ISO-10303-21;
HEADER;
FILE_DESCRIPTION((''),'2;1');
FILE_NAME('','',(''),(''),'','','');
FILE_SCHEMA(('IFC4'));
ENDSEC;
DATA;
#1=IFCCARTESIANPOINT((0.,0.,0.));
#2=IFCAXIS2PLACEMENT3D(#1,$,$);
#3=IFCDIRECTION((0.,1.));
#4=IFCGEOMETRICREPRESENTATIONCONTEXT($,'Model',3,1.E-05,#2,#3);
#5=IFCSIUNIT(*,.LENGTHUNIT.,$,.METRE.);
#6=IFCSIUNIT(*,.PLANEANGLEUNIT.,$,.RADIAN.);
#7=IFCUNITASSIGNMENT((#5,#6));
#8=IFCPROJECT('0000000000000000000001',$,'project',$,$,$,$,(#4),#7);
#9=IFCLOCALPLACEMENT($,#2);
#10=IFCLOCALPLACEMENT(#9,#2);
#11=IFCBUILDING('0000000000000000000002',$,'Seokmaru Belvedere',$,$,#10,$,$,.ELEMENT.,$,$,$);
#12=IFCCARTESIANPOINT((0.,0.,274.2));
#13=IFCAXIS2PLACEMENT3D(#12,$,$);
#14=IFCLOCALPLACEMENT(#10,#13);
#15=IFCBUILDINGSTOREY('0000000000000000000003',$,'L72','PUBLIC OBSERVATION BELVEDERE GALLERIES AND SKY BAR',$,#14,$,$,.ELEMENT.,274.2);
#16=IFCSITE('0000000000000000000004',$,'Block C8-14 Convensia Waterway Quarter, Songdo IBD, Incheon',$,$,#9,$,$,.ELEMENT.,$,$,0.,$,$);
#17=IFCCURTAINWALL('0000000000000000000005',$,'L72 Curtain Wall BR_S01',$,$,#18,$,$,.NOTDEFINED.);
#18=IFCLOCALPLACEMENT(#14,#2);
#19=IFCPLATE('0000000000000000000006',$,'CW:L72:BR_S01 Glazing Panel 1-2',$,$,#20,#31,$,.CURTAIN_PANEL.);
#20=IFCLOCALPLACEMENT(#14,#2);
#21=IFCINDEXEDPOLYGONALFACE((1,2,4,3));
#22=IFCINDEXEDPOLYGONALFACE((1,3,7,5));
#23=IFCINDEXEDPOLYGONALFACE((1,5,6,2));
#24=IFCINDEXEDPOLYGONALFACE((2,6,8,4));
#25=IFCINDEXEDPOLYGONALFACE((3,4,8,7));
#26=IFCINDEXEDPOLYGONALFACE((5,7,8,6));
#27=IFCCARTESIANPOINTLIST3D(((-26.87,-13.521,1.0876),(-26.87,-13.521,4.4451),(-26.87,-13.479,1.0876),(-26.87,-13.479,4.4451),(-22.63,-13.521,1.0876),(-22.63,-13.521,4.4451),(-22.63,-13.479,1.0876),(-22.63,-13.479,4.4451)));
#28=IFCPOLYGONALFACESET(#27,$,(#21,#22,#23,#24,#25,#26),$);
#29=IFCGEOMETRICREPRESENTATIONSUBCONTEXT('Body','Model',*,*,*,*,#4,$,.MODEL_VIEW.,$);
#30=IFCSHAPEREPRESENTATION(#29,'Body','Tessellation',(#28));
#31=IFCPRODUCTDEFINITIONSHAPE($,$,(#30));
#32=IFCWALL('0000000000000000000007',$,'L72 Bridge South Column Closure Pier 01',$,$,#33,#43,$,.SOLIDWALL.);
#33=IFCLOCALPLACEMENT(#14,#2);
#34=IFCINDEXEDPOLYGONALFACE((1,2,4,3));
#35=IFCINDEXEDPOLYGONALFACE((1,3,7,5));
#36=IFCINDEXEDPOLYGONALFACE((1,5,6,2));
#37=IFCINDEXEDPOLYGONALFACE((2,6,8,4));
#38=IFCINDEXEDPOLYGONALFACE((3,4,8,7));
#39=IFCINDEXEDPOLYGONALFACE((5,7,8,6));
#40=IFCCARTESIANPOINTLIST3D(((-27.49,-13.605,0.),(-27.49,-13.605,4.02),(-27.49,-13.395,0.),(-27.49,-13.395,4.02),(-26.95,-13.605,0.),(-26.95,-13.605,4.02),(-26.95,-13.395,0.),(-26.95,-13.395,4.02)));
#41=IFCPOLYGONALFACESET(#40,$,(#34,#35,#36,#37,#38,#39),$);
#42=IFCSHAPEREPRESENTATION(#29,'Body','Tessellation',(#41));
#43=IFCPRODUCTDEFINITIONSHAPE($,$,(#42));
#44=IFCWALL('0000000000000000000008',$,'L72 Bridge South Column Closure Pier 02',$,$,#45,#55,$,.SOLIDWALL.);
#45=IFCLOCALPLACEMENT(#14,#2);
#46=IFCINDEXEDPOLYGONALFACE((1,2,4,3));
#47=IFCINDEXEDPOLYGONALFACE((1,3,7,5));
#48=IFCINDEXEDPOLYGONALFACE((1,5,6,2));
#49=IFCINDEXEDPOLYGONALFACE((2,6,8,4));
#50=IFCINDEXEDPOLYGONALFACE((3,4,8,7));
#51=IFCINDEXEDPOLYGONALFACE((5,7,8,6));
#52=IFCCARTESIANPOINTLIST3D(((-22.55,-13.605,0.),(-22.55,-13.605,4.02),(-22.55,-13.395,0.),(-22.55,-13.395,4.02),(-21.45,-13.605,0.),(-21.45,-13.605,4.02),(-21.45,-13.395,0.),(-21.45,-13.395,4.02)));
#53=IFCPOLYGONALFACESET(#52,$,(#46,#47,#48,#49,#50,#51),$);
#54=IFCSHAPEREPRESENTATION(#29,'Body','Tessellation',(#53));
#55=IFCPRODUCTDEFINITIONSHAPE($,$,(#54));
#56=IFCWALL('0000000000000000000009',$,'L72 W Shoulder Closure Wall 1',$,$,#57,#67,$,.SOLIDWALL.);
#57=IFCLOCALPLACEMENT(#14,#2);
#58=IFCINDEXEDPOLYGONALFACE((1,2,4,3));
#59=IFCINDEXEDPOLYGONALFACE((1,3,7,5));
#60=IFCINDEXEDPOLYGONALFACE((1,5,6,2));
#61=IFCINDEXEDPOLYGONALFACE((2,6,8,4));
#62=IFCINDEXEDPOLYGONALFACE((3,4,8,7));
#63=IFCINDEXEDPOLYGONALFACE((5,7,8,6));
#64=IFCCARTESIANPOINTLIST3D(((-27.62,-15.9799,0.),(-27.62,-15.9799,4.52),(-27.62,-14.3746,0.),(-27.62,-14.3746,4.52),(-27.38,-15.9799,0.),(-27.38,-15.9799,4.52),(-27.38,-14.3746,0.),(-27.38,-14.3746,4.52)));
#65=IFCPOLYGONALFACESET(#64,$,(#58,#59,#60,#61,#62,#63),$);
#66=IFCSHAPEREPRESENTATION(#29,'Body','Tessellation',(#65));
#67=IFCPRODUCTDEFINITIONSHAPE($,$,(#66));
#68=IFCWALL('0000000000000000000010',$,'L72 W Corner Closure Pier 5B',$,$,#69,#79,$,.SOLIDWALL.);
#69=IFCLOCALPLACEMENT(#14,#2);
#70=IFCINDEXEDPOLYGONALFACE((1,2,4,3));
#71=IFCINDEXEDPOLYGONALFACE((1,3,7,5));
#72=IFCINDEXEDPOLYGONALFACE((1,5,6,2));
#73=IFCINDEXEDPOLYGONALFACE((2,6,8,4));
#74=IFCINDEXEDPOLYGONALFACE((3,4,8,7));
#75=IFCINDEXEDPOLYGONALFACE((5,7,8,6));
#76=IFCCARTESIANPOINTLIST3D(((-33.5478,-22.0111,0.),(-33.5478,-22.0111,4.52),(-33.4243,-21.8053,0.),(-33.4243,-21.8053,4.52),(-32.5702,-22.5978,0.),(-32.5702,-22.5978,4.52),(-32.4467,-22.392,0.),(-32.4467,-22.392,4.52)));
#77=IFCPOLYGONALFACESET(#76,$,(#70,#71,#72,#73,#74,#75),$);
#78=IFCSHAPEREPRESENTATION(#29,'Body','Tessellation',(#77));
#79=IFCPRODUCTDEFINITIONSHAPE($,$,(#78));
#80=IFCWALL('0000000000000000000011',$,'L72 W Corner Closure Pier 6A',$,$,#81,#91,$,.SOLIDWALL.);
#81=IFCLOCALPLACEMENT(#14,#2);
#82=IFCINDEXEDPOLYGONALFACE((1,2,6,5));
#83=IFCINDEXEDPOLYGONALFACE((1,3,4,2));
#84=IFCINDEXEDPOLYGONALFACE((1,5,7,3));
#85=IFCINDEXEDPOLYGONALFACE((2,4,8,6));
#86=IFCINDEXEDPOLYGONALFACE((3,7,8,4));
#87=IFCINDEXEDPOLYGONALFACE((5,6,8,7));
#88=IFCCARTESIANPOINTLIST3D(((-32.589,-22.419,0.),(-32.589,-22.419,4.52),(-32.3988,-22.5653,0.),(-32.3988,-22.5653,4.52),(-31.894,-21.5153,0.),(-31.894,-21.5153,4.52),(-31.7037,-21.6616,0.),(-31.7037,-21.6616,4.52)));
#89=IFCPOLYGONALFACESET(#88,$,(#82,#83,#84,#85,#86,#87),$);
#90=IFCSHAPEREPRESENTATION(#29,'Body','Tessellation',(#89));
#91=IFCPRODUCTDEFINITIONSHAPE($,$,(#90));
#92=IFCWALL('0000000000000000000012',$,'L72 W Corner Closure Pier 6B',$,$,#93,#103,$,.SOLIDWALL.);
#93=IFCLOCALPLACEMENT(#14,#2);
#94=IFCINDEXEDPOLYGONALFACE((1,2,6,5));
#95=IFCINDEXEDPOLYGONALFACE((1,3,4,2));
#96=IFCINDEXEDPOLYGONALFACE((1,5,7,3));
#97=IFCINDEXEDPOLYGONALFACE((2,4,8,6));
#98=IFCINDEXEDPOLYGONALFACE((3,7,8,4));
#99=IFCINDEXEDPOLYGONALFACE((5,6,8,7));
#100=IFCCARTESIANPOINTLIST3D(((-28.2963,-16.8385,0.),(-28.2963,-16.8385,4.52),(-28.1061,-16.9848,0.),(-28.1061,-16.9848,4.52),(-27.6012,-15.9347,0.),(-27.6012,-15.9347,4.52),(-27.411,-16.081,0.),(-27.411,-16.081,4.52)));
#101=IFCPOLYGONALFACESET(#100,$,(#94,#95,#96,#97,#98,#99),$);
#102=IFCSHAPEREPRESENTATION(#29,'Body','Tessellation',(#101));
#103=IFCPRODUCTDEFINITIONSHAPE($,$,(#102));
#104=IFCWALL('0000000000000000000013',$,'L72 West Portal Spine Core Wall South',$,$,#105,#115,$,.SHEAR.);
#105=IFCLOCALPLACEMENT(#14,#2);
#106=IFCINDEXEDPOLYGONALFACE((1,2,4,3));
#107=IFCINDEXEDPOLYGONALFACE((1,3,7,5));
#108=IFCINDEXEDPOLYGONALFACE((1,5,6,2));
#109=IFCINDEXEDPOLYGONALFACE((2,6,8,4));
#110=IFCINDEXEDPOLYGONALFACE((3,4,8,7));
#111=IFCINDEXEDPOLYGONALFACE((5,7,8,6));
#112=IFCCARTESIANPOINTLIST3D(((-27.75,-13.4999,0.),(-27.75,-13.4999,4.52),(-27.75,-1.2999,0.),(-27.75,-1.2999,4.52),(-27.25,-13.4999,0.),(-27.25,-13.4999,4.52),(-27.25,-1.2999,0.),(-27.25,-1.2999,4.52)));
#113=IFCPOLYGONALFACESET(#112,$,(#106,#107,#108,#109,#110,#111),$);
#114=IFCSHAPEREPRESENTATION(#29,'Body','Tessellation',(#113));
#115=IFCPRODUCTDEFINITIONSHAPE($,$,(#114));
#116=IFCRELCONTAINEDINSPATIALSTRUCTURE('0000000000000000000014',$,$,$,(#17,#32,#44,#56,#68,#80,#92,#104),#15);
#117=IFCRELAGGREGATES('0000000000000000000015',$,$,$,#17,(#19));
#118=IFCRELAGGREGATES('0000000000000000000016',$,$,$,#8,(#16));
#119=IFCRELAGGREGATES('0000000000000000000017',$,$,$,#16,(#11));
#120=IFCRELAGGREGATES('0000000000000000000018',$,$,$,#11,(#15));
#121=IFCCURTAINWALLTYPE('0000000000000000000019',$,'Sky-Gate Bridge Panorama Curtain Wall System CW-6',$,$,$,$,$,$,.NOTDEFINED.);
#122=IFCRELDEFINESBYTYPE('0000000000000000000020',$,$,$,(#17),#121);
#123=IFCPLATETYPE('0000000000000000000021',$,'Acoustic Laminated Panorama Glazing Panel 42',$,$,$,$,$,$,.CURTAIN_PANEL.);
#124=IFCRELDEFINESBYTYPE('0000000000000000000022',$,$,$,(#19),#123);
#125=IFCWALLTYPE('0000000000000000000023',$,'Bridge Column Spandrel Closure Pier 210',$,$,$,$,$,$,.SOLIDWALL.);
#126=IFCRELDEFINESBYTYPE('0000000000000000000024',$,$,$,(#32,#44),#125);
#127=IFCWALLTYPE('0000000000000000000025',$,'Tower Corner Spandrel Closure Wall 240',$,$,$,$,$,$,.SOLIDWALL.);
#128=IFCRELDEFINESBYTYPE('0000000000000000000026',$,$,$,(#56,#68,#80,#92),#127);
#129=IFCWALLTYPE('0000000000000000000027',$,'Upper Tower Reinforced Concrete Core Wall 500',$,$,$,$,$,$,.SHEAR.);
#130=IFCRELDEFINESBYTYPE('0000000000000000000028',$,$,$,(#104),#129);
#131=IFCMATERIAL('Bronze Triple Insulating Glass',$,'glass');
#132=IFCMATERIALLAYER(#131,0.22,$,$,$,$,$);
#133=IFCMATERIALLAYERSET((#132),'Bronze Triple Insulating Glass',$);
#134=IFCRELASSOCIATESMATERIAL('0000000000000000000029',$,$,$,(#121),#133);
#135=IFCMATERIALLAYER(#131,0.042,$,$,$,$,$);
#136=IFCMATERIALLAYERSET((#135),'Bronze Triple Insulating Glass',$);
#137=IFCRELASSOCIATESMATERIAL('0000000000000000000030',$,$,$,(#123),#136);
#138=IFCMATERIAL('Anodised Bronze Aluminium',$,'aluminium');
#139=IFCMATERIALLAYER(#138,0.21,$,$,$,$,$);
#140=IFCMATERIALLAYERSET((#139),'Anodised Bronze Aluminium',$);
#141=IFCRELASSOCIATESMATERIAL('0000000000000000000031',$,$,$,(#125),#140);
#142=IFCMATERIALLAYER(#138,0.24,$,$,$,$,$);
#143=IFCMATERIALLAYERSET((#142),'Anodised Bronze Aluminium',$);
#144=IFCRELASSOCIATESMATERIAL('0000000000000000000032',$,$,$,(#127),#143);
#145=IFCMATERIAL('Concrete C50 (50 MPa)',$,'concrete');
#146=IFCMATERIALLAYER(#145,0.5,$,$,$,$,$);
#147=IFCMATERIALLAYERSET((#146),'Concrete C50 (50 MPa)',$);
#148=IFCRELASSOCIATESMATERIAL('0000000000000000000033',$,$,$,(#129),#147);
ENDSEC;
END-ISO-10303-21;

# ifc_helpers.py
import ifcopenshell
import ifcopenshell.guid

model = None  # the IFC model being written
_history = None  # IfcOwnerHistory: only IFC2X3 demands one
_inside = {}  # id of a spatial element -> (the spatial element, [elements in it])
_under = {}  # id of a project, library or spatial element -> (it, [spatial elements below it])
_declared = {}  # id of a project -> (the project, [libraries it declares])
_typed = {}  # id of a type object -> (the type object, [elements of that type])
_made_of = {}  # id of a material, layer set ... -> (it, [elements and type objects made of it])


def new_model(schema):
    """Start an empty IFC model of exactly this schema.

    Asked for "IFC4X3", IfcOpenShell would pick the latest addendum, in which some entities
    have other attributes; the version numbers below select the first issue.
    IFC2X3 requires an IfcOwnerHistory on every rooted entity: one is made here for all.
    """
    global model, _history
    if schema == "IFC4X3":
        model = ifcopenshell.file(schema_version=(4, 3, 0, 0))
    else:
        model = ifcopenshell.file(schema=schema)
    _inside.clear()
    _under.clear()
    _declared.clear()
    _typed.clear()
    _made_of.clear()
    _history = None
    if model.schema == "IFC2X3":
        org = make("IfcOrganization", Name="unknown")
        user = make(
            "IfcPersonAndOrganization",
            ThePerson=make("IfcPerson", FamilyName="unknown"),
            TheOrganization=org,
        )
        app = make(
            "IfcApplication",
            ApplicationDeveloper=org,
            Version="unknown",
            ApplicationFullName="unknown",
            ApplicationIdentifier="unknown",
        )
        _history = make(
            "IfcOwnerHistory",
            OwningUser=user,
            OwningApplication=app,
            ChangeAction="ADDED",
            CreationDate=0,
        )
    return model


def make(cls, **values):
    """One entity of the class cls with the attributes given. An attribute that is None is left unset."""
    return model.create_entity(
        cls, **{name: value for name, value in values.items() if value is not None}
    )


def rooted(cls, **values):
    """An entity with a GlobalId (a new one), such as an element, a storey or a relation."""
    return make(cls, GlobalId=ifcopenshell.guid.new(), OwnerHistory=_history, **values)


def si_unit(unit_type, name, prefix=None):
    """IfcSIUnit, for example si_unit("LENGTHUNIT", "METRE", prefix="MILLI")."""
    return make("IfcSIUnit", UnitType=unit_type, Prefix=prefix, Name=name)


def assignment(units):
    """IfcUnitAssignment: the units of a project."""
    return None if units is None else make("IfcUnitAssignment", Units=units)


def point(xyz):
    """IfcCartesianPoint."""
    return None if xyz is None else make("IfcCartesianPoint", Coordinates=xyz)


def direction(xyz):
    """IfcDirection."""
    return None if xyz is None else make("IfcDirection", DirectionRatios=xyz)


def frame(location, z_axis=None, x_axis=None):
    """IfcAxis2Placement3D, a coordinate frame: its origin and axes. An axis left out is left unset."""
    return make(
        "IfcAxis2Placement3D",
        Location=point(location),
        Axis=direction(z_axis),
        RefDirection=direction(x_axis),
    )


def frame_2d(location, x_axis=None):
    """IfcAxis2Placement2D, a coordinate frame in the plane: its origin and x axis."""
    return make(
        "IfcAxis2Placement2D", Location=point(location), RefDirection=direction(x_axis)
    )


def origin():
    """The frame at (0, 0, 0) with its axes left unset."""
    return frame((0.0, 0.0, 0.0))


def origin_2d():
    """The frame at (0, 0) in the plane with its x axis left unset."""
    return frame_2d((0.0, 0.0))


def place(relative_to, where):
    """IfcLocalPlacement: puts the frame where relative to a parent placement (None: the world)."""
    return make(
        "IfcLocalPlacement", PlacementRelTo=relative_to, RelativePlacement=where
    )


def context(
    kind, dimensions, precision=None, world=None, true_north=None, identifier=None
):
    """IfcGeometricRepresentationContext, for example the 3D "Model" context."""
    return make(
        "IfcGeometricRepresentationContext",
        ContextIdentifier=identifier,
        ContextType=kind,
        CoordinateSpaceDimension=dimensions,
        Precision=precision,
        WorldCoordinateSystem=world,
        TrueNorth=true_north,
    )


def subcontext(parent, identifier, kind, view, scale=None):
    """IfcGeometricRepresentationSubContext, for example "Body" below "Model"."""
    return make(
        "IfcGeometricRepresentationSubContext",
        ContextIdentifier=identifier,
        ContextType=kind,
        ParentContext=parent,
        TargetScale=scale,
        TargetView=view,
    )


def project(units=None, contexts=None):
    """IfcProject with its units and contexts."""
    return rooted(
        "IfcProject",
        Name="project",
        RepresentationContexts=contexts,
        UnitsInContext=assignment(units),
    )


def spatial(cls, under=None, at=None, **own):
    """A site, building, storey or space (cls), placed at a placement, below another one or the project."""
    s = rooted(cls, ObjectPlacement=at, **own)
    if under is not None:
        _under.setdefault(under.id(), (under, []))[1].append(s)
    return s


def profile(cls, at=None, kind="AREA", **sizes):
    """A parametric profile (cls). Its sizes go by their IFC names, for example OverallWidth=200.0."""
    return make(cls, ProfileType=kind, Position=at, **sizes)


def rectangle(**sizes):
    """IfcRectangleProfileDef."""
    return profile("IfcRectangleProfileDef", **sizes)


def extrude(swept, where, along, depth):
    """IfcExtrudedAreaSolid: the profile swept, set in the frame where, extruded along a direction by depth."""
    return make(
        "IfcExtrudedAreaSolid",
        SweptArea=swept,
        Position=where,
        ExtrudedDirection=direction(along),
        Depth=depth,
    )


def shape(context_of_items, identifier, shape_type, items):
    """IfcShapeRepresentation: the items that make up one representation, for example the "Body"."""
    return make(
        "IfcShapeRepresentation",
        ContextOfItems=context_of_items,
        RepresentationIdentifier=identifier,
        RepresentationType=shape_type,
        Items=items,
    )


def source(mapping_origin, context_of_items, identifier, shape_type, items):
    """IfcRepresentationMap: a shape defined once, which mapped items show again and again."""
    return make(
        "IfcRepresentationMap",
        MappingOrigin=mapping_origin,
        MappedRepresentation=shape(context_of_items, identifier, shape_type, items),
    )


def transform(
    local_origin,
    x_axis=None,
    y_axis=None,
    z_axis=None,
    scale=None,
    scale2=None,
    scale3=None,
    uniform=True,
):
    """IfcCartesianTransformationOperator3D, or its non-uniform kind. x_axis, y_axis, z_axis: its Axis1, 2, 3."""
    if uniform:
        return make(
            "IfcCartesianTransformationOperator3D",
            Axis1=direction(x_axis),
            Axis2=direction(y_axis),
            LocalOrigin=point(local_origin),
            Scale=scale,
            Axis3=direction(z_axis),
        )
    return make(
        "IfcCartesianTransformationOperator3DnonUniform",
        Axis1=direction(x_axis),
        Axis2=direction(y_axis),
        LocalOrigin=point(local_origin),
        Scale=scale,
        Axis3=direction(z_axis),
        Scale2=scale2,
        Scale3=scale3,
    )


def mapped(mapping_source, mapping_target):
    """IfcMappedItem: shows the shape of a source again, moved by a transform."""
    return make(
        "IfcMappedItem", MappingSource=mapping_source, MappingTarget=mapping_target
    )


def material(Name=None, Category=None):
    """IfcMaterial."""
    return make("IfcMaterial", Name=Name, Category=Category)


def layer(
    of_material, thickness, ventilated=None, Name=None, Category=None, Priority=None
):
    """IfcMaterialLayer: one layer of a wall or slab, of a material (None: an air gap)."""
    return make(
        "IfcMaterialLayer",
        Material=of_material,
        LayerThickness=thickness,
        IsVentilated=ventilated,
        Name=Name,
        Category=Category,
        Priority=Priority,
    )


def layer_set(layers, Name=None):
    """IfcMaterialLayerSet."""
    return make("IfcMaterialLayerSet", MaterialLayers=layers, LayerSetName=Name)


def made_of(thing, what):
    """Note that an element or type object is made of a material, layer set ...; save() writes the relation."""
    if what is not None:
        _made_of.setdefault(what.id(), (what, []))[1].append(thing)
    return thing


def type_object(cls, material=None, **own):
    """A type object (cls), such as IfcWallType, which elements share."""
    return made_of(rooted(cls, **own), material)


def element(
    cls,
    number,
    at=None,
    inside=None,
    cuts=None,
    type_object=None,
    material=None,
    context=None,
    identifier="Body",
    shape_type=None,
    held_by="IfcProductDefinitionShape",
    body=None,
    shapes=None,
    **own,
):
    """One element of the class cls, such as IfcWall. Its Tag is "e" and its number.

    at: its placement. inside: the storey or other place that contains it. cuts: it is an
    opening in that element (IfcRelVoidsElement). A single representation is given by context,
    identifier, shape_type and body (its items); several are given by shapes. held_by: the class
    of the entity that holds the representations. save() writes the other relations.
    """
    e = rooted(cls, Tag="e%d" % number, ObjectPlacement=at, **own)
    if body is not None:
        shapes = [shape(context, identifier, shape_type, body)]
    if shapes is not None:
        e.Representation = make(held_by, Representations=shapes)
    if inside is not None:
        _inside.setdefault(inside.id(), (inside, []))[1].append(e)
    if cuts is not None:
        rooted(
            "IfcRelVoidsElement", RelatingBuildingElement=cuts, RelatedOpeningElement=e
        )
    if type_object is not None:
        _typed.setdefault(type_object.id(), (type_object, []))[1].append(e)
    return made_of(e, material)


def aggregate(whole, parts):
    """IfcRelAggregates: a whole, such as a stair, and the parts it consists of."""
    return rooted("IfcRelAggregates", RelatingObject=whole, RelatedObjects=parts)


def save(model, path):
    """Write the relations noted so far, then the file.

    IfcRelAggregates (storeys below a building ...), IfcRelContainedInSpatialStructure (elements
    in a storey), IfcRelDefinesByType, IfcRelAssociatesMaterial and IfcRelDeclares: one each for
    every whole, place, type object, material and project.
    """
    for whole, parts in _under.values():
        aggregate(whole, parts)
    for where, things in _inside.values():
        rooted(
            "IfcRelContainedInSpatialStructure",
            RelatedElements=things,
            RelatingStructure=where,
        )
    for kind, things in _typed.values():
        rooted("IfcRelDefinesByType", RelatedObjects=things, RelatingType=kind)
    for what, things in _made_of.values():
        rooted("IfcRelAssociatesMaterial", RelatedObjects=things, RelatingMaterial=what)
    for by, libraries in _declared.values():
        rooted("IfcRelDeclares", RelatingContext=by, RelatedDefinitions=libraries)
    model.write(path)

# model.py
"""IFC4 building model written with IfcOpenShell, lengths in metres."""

from ifc_helpers import new_model, si_unit, direction, frame, frame_2d, origin, origin_2d, place, context, subcontext, project, spatial, rectangle, extrude, source, transform, mapped, material, layer, layer_set, type_object, element, aggregate, save


model = new_model("IFC4")

# Units and contexts
model_context = context("Model", 3, precision=1e-05, world=origin(), true_north=direction((0.0, 1.0)))
body_context = subcontext(model_context, "Body", "Model", "MODEL_VIEW")
ifc_project = project(units=[si_unit("LENGTHUNIT", "METRE"), si_unit("PLANEANGLEUNIT", "RADIAN")], contexts=[model_context])

# Site, building, storey
site_placement = place(None, origin())
site = spatial("IfcSite", under=ifc_project, at=site_placement, Name="Block C8-14 Convensia Waterway Quarter, Songdo IBD, Incheon", CompositionType="ELEMENT", RefElevation=0.0)
building_placement = place(site_placement, origin())
building = spatial("IfcBuilding", under=site, at=building_placement, Name="Seokmaru Belvedere", CompositionType="ELEMENT")
storey_placement = place(building_placement, frame((0.0, 0.0, 274.2)))
storey = spatial("IfcBuildingStorey", under=building, at=storey_placement, Name="L72", Description="PUBLIC OBSERVATION BELVEDERE GALLERIES AND SKY BAR", CompositionType="ELEMENT", Elevation=274.2)

# Curtain wall
ifc_material_1 = material(Name="Bronze Triple Insulating Glass", Category="glass")
ifc_layer_1 = layer(ifc_material_1, 0.22)
ifc_layer_set_1 = layer_set([ifc_layer_1], Name="Bronze Triple Insulating Glass")
curtain_wall_type = type_object("IfcCurtainWallType", Name="Sky-Gate Bridge Panorama Curtain Wall System CW-6", PredefinedType="NOTDEFINED", material=ifc_layer_set_1)
ifc_material_2 = material(Name="Anodised Bronze Aluminium", Category="aluminium")
curtain_wall_1_placement = place(storey_placement, origin())
curtain_wall_1 = element("IfcCurtainWall", 1, at=curtain_wall_1_placement, inside=storey, type_object=curtain_wall_type, Name="L72 Curtain Wall BR_S01", PredefinedType="NOTDEFINED")

# Plate
ifc_layer_2 = layer(ifc_material_1, 0.042)
ifc_layer_set_2 = layer_set([ifc_layer_2], Name="Bronze Triple Insulating Glass")
plate_type_1 = type_object("IfcPlateType", Name="Acoustic Laminated Panorama Glazing Panel 42", PredefinedType="CURTAIN_PANEL", material=ifc_layer_set_2)
shared_shape_1 = source(origin(), body_context, "Body", "SweptSolid", [
    extrude(rectangle(XDim=4.24, YDim=0.042, at=origin_2d()), origin(), (0.0, 0.0, 1.0), 3.3574),
])
plate_1_placement = place(storey_placement, frame((-24.75, -13.5, 1.0876), z_axis=(0.0, 0.0, 1.0), x_axis=(1.0, 0.0, 0.0)))
plate_1 = element("IfcPlate", 2, at=plate_1_placement, type_object=plate_type_1, Name="CW:L72:BR_S01 Glazing Panel 1-2", PredefinedType="CURTAIN_PANEL", context=body_context, shape_type="MappedRepresentation", body=[
    mapped(shared_shape_1, transform((0.0, 0.0, 0.0), scale=1.0)),
])
aggregate(curtain_wall_1, [plate_1])

# Walls
ifc_layer_3 = layer(ifc_material_2, 0.21)
ifc_layer_set_3 = layer_set([ifc_layer_3], Name="Anodised Bronze Aluminium")
wall_type_1 = type_object("IfcWallType", Name="Bridge Column Spandrel Closure Pier 210", PredefinedType="SOLIDWALL", material=ifc_layer_set_3)
wall_1_placement = place(storey_placement, frame((-27.49, -13.5, 0.0), z_axis=(0.0, 0.0, 1.0), x_axis=(1.0, 0.0, 0.0)))
element("IfcWall", 3, at=wall_1_placement, inside=storey, type_object=wall_type_1, Name="L72 Bridge South Column Closure Pier 01", PredefinedType="SOLIDWALL", context=body_context, shape_type="SweptSolid", body=[
    extrude(rectangle(XDim=0.54, YDim=0.21, at=frame_2d((0.27, 0.0))), origin(), (0.0, 0.0, 1.0), 4.02),
])
wall_2_placement = place(storey_placement, frame((-22.55, -13.5, 0.0), z_axis=(0.0, 0.0, 1.0), x_axis=(1.0, 0.0, 0.0)))
element("IfcWall", 4, at=wall_2_placement, inside=storey, type_object=wall_type_1, Name="L72 Bridge South Column Closure Pier 02", PredefinedType="SOLIDWALL", context=body_context, shape_type="SweptSolid", body=[
    extrude(rectangle(XDim=1.1001, YDim=0.21, at=frame_2d((0.55, 0.0))), origin(), (0.0, 0.0, 1.0), 4.02),
])
ifc_layer_4 = layer(ifc_material_2, 0.24)
ifc_layer_set_4 = layer_set([ifc_layer_4], Name="Anodised Bronze Aluminium")
wall_type_2 = type_object("IfcWallType", Name="Tower Corner Spandrel Closure Wall 240", PredefinedType="SOLIDWALL", material=ifc_layer_set_4)
wall_3_placement = place(storey_placement, frame((-27.5, -15.98, 0.0), z_axis=(0.0, 0.0, 1.0), x_axis=(0.0, 1.0, 0.0)))
element("IfcWall", 5, at=wall_3_placement, inside=storey, type_object=wall_type_2, Name="L72 W Shoulder Closure Wall 1", PredefinedType="SOLIDWALL", context=body_context, shape_type="SweptSolid", body=[
    extrude(rectangle(XDim=1.6052, YDim=0.24, at=frame_2d((0.8027, 0.0))), origin(), (0.0, 0.0, 1.0), 4.52),
])
for number, where, z_axis, x_axis, name in (
    (6, (-33.4861, -21.9082, 0.0), (0.0, 0.0, 1.0), (0.857436, -0.51459, 0.0), "L72 W Corner Closure Pier 5B"),
    (7, (-32.4939, -22.4922, 0.0), (0.0, 0.0, 1.0), (0.609618, 0.792696, 0.0), "L72 W Corner Closure Pier 6A"),
    (8, (-28.2012, -16.9116, 0.0), (0.0, 0.0, 1.0), (0.609618, 0.792696, 0.0), "L72 W Corner Closure Pier 6B"),
):
    element("IfcWall", number, at=place(storey_placement, frame(where, z_axis=z_axis, x_axis=x_axis)), inside=storey, type_object=wall_type_2, Name=name, PredefinedType="SOLIDWALL", context=body_context, shape_type="SweptSolid", body=[
        extrude(rectangle(XDim=1.1401, YDim=0.24, at=frame_2d((0.5701, 0.0))), origin(), (0.0, 0.0, 1.0), 4.52),
    ])
ifc_material_3 = material(Name="Concrete C50 (50 MPa)", Category="concrete")
ifc_layer_5 = layer(ifc_material_3, 0.5)
ifc_layer_set_5 = layer_set([ifc_layer_5], Name="Concrete C50 (50 MPa)")
wall_type_3 = type_object("IfcWallType", Name="Upper Tower Reinforced Concrete Core Wall 500", PredefinedType="SHEAR", material=ifc_layer_set_5)
wall_4_placement = place(storey_placement, frame((-27.5, -13.5, 0.0), z_axis=(0.0, 0.0, 1.0), x_axis=(0.0, 1.0, 0.0)))
element("IfcWall", 9, at=wall_4_placement, inside=storey, type_object=wall_type_3, Name="L72 West Portal Spine Core Wall South", PredefinedType="SHEAR", context=body_context, shape_type="SweptSolid", body=[
    extrude(rectangle(XDim=12.2, YDim=0.5, at=frame_2d((6.1001, 0.0))), origin(), (0.0, 0.0, 1.0), 4.52),
])

save(model, "model.ifc")
